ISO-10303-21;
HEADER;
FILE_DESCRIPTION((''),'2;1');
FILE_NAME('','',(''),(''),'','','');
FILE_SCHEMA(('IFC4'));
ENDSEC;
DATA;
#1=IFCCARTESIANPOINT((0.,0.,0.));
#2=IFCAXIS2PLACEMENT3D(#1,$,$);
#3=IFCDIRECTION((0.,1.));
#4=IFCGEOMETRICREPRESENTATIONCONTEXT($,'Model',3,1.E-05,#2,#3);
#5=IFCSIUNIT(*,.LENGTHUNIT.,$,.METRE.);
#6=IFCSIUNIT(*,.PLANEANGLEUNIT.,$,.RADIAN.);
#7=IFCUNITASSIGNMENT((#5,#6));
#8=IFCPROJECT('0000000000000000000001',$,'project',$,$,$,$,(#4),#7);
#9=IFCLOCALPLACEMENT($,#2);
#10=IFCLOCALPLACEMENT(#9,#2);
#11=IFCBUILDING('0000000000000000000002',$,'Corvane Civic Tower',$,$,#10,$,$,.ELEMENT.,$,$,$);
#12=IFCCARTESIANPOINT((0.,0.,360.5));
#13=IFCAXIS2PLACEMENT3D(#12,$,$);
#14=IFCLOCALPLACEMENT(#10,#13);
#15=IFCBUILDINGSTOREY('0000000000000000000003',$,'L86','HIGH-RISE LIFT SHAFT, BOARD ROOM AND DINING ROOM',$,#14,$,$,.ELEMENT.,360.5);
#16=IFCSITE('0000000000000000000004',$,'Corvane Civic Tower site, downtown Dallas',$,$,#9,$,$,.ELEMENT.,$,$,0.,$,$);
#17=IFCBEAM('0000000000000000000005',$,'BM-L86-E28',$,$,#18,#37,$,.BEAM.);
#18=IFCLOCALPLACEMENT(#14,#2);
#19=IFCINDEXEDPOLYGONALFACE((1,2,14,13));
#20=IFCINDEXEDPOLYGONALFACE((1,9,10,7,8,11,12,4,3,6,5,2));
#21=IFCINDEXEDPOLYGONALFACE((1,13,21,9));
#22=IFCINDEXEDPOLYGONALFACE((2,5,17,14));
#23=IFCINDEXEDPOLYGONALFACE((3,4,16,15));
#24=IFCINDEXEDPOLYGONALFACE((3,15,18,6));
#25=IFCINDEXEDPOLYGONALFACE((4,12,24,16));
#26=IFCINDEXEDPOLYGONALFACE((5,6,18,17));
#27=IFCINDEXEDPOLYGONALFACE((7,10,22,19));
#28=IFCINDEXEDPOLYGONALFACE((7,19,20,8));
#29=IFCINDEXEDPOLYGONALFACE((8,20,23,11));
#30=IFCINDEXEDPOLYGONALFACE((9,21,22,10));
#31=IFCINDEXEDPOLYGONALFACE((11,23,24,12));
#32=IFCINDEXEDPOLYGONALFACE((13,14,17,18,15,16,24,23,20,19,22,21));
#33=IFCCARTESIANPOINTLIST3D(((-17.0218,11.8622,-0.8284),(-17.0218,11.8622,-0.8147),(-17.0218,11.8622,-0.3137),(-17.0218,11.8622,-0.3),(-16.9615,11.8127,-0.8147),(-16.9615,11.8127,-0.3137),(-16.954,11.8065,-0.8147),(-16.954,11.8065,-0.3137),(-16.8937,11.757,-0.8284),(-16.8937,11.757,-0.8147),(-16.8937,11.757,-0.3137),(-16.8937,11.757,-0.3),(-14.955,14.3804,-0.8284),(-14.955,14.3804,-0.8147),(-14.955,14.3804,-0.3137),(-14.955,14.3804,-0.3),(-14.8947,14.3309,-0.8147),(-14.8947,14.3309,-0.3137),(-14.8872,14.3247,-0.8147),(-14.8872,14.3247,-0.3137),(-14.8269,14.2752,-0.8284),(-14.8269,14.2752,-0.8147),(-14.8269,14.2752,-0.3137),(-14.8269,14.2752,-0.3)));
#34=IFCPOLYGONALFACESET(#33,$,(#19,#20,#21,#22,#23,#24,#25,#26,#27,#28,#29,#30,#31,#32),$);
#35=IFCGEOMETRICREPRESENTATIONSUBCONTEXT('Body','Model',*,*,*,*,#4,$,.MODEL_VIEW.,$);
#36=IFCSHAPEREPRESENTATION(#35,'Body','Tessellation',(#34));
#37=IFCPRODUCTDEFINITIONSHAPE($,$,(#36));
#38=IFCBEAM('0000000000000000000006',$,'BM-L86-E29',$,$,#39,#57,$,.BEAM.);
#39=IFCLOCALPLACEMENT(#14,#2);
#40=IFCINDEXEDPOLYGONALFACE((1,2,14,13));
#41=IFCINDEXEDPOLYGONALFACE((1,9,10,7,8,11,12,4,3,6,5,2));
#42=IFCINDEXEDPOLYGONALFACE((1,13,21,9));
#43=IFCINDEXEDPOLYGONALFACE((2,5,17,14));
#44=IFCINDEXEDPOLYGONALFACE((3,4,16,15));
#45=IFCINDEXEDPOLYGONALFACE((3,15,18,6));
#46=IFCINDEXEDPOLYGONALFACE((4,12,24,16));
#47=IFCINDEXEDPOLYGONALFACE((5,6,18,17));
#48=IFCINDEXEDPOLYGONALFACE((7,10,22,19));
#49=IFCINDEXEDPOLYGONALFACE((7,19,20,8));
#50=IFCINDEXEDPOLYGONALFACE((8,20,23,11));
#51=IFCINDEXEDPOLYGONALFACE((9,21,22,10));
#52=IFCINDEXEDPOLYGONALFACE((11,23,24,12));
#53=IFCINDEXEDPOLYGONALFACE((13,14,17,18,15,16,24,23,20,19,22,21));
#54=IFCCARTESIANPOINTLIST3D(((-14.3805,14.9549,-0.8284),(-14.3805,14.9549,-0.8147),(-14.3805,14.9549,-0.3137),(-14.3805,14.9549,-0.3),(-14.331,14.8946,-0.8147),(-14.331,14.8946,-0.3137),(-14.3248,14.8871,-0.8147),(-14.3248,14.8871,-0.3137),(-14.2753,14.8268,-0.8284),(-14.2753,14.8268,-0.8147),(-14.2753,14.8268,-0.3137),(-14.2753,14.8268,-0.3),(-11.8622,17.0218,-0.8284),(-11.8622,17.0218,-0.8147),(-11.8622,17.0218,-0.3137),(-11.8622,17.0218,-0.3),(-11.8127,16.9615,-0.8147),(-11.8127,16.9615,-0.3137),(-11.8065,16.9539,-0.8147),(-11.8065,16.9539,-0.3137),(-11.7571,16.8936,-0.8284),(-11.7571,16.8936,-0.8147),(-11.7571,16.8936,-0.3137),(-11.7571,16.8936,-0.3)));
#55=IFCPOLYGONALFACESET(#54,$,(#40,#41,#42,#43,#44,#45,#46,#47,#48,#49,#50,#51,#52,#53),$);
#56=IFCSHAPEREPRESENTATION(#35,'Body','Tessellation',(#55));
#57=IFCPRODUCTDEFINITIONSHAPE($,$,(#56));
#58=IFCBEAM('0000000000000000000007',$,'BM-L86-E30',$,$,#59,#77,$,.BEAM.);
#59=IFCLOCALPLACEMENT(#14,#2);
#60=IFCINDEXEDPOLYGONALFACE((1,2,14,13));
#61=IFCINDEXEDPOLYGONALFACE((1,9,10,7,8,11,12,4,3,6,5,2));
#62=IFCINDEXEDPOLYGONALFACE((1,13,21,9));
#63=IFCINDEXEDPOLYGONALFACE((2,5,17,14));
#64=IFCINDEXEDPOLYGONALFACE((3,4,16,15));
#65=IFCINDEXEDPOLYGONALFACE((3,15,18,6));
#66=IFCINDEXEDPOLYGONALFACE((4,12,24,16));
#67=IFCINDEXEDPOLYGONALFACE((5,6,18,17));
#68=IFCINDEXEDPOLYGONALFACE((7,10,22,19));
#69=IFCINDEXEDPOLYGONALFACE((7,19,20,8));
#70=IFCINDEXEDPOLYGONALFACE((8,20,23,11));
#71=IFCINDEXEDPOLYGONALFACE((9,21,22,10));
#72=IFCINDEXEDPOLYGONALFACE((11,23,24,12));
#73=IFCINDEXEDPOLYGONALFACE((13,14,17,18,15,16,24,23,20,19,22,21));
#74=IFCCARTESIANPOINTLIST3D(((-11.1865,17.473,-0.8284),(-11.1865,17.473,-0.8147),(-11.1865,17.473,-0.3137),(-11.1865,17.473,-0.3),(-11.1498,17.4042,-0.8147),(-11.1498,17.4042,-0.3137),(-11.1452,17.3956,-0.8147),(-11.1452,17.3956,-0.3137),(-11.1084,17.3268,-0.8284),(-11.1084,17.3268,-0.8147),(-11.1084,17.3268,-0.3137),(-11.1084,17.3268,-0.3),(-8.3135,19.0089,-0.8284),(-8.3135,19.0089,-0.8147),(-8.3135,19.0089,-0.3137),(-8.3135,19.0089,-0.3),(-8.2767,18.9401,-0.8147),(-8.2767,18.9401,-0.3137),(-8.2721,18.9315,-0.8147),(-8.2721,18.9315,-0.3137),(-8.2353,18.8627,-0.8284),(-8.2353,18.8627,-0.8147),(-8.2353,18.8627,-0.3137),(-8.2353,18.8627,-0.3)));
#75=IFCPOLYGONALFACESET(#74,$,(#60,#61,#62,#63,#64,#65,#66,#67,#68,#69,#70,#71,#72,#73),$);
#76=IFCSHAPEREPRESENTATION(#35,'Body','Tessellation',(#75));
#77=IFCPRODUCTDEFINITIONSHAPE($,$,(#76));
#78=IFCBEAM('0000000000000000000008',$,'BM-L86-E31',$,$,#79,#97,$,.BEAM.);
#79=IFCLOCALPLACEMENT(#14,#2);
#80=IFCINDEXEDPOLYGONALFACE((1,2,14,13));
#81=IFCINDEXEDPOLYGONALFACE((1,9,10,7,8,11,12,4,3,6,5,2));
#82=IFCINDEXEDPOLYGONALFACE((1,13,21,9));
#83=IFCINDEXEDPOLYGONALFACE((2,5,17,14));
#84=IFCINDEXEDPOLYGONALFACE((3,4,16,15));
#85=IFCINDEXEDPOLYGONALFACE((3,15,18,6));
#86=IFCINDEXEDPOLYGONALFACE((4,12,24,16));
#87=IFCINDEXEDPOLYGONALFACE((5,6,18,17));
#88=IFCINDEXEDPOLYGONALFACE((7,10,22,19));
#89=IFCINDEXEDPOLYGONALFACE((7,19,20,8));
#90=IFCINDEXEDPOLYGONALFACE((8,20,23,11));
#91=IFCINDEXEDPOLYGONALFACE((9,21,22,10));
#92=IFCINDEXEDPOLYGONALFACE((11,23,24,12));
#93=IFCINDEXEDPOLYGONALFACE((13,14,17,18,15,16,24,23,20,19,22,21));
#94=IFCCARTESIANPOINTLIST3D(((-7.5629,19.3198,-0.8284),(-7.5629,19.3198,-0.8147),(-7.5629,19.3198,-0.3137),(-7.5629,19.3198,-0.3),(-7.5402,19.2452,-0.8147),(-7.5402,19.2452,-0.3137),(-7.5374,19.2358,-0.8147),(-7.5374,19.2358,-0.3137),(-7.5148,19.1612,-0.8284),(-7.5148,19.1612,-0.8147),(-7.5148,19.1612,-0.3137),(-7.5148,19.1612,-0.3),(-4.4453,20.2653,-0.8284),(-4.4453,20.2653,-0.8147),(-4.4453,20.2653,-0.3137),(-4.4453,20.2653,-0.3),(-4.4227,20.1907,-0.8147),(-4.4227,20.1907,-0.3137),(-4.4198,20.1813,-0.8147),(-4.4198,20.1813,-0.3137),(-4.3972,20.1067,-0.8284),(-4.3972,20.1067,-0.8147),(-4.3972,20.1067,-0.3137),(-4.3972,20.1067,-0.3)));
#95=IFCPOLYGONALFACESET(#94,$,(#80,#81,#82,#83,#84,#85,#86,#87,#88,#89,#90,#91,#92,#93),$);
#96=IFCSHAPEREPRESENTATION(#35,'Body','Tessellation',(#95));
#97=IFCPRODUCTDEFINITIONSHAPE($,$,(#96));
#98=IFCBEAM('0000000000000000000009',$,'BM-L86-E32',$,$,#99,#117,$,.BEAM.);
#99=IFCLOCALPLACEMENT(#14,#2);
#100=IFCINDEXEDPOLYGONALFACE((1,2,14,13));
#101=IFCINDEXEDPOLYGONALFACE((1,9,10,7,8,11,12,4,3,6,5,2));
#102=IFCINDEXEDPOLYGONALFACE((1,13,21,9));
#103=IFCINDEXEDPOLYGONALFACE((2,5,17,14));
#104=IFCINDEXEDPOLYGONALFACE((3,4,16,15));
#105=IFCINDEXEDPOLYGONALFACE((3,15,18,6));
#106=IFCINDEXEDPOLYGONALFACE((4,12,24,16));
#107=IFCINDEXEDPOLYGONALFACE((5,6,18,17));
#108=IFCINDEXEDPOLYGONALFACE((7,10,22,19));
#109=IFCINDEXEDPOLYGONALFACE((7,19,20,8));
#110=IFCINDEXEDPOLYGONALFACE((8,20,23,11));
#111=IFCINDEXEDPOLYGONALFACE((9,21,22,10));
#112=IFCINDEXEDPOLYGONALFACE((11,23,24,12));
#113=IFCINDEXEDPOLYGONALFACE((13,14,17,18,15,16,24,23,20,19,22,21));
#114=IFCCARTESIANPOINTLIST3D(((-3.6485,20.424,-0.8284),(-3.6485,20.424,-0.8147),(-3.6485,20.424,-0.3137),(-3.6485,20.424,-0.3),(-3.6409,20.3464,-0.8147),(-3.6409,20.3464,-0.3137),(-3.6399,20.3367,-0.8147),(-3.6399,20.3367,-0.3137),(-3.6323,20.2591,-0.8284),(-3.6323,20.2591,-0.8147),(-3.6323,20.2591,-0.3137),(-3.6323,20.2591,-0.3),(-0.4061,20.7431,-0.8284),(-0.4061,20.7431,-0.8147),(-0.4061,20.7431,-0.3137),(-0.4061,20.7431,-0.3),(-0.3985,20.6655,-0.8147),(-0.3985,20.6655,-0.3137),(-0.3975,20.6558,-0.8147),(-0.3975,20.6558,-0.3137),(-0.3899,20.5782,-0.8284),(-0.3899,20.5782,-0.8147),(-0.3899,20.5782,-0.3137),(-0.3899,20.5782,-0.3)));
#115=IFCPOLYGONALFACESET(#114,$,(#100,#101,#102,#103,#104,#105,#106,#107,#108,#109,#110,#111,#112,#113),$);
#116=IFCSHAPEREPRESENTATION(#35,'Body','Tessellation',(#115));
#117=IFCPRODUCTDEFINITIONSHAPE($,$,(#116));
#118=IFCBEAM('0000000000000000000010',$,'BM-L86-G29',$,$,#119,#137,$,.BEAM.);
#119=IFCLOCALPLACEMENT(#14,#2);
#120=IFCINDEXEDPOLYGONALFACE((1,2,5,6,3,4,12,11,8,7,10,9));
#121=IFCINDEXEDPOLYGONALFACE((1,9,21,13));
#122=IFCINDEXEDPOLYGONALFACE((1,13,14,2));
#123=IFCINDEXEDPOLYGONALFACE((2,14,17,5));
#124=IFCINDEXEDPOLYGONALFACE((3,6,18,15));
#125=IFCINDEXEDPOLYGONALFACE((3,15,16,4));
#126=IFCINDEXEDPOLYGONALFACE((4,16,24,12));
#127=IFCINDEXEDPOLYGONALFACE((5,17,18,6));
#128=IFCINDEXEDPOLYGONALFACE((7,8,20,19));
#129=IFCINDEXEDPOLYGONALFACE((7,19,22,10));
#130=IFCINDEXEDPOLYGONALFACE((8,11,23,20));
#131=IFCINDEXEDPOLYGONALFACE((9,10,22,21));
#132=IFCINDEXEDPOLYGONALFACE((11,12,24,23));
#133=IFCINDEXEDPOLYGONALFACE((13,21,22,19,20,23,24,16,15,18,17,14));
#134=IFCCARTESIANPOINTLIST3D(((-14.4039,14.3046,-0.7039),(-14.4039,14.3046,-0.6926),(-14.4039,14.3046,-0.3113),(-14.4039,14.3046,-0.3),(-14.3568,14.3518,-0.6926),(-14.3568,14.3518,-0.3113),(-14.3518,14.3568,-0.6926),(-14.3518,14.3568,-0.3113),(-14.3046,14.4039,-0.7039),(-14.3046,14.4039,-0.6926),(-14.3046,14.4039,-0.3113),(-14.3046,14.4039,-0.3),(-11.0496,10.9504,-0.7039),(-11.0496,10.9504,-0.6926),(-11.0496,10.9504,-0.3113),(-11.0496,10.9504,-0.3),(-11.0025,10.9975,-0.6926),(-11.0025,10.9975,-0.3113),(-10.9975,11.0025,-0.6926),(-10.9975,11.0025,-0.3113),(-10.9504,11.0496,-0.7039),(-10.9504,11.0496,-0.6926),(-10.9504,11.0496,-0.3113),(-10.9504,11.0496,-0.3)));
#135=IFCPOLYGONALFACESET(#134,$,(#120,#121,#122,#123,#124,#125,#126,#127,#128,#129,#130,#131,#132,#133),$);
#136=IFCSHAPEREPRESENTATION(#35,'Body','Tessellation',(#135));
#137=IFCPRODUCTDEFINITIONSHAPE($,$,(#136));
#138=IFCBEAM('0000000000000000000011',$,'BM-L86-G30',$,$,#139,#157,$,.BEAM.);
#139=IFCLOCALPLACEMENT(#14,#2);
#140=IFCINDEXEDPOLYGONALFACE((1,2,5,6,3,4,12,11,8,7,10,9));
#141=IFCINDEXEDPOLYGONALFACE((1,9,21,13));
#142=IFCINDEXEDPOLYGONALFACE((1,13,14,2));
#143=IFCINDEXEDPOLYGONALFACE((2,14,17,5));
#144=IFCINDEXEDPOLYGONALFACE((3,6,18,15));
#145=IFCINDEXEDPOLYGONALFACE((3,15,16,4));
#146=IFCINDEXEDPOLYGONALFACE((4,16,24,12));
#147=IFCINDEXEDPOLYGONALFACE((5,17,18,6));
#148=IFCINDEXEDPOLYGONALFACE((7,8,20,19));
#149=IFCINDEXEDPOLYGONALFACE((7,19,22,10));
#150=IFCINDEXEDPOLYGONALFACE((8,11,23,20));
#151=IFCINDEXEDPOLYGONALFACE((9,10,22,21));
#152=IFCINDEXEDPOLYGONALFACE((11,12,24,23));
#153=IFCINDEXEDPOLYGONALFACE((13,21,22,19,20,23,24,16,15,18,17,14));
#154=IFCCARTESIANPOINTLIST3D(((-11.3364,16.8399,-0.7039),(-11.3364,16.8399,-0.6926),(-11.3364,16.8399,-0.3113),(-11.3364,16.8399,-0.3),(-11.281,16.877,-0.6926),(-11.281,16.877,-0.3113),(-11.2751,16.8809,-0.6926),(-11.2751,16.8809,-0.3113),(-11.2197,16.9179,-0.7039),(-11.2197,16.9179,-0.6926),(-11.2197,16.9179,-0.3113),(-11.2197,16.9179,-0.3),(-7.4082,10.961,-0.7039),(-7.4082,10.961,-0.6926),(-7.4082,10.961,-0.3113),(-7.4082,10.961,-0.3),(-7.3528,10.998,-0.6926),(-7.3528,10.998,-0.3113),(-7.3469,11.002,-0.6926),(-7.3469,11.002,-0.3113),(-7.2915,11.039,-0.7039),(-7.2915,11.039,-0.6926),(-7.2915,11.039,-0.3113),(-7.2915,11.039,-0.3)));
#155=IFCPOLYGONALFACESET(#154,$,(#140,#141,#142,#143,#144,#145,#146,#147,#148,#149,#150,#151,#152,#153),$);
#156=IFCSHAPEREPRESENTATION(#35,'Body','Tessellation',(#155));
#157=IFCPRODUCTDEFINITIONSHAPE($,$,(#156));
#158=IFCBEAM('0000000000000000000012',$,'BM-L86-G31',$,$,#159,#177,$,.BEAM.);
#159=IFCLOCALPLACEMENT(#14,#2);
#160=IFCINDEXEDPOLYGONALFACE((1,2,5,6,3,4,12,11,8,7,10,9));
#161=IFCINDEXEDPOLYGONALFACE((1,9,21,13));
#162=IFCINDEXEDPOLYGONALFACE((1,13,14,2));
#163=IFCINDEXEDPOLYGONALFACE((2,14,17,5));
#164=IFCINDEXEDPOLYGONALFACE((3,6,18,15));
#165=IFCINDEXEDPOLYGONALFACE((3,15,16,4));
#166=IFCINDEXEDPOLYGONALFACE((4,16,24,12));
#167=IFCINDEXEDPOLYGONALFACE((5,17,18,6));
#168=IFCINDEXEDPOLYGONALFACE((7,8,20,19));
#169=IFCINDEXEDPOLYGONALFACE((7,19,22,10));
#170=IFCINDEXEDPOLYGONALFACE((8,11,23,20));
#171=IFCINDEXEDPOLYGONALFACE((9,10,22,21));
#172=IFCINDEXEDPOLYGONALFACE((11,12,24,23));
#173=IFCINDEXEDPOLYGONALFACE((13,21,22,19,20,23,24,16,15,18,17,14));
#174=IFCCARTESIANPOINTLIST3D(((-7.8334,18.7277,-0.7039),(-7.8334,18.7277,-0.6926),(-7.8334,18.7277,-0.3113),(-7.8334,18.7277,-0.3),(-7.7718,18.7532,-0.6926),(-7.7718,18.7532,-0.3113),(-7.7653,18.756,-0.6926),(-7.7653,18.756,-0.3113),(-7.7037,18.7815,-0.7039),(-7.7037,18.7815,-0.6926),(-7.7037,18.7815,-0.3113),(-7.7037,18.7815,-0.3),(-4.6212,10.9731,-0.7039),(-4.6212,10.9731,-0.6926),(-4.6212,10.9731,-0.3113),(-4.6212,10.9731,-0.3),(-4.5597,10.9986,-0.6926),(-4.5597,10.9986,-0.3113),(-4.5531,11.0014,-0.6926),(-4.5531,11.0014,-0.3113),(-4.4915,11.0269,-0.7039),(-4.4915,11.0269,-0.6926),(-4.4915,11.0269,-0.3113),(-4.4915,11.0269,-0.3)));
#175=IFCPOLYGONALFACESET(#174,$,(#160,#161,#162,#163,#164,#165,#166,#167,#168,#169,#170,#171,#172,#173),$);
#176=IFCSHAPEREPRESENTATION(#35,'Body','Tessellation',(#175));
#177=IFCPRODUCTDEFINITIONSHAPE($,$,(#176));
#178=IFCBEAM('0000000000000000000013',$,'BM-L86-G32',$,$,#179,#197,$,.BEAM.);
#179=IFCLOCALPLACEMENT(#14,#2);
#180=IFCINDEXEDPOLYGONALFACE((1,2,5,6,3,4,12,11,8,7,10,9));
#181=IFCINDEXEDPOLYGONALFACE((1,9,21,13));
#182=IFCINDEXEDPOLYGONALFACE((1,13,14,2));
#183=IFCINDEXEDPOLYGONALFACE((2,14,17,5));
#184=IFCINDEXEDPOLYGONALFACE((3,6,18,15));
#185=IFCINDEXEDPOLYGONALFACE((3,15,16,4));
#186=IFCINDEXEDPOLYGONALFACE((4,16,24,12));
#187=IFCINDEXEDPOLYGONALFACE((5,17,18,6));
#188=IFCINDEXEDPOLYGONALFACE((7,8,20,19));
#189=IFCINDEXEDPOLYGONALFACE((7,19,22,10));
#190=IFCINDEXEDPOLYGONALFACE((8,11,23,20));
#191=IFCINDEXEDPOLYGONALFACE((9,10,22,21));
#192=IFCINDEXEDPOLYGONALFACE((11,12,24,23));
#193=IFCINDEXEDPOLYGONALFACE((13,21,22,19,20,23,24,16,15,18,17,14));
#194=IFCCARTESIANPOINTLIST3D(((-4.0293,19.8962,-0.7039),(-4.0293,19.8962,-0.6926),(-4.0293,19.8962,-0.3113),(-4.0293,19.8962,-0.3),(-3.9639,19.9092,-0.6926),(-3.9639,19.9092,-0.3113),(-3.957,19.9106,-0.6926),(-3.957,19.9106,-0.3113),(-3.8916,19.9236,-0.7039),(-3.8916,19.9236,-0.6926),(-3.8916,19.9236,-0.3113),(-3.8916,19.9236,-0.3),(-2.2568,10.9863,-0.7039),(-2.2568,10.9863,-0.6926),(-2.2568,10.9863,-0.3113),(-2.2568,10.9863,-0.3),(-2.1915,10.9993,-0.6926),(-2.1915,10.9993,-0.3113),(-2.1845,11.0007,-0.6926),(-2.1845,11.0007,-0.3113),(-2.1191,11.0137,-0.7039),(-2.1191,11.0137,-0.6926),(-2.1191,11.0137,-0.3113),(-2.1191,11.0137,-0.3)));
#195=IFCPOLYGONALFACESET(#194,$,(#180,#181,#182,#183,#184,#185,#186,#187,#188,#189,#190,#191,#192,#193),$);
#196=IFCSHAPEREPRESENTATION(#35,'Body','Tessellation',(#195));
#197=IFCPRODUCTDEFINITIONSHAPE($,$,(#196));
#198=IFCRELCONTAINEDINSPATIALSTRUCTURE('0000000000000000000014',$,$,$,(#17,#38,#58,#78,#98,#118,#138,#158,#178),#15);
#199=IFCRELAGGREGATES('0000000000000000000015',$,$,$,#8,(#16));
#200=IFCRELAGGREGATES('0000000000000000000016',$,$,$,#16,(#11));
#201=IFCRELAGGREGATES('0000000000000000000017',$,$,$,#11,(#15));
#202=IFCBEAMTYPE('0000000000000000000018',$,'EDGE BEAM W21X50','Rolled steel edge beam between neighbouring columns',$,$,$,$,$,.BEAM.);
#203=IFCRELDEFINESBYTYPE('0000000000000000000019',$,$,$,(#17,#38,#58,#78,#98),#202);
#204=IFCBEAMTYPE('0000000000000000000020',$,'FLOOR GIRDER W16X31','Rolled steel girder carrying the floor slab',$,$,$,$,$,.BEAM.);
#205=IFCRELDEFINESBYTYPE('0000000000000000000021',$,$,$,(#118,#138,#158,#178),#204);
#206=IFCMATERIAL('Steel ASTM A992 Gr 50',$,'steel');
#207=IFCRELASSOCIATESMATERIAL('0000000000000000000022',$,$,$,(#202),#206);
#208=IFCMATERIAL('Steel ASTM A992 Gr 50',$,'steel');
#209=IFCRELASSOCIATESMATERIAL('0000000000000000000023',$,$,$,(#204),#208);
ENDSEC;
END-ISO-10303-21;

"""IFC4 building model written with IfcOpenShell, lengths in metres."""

from ifc_helpers import new_model, si_unit, direction, frame, origin, origin_2d, place, context, subcontext, project, spatial, i_section, extrude, material, material_profile, profile_set, type_object, element, save


model = new_model("IFC4")

# Units and contexts
model_context = context("Model", 3, precision=1e-05, world=origin(), true_north=direction((0.0, 1.0)))
body_context = subcontext(model_context, "Body", "Model", "MODEL_VIEW")
ifc_project = project(units=[si_unit("LENGTHUNIT", "METRE"), si_unit("PLANEANGLEUNIT", "RADIAN")], contexts=[model_context])

# Site, building, storey
site_placement = place(None, origin())
site = spatial("IfcSite", under=ifc_project, at=site_placement, Name="Corvane Civic Tower site, downtown Dallas", CompositionType="ELEMENT", RefElevation=0.0)
building_placement = place(site_placement, origin())
building = spatial("IfcBuilding", under=site, at=building_placement, Name="Corvane Civic Tower", CompositionType="ELEMENT")
storey_placement = place(building_placement, frame((0.0, 0.0, 360.5)))
storey = spatial("IfcBuildingStorey", under=building, at=storey_placement, Name="L86", Description="HIGH-RISE LIFT SHAFT, BOARD ROOM AND DINING ROOM", CompositionType="ELEMENT", Elevation=360.5)

# Beams
ifc_material_1 = material(Name="Steel ASTM A992 Gr 50", Category="steel")
ifc_material_profile_1 = material_profile(ifc_material_1, i_section(OverallWidth=0.1658, OverallDepth=0.5283, WebThickness=0.0098, FlangeThickness=0.0137, at=origin_2d()), Name="W21X50")
ifc_profile_set_1 = profile_set([ifc_material_profile_1], Name="Steel ASTM A992 Gr 50")
beam_type_1 = type_object("IfcBeamType", Name="EDGE BEAM W21X50", Description="Rolled steel edge beam between neighbouring columns", PredefinedType="BEAM", material=ifc_profile_set_1)
for number, where, z_axis, x_axis, name in (
    (1, (-16.9578, 11.8096, -0.5642), (0.634425, 0.772985, 0.0), (-0.772985, 0.634425, 0.0), "BM-L86-E28"),
    (2, (-14.3279, 14.8909, -0.5642), (0.772985, 0.634425, 0.0), (-0.634425, 0.772985, 0.0), "BM-L86-E29"),
    (3, (-11.1475, 17.3999, -0.5642), (0.881894, 0.471448, 0.0), (-0.471448, 0.881894, 0.0), "BM-L86-E30"),
    (4, (-7.5388, 19.2405, -0.5642), (0.956956, 0.290234, 0.0), (-0.290234, 0.956956, 0.0), "BM-L86-E31"),
):
    element("IfcBeam", number, at=place(storey_placement, frame(where, z_axis=z_axis, x_axis=x_axis)), inside=storey, type_object=beam_type_1, Name=name, PredefinedType="BEAM", context=body_context, shape_type="SweptSolid", body=[
        extrude(i_section(OverallWidth=0.1658, OverallDepth=0.5283, WebThickness=0.0098, FlangeThickness=0.0137, at=origin_2d()), origin(), (0.0, 0.0, 1.0), 3.2578),
    ])
beam_1_placement = place(storey_placement, frame((-3.6404, 20.3416, -0.5642), z_axis=(0.995193, 0.097938, 0.0), x_axis=(-0.097938, 0.995193, 0.0)))
element("IfcBeam", 5, at=beam_1_placement, inside=storey, type_object=beam_type_1, Name="BM-L86-E32", PredefinedType="BEAM", context=body_context, shape_type="SweptSolid", body=[
    extrude(i_section(OverallWidth=0.1658, OverallDepth=0.5283, WebThickness=0.0098, FlangeThickness=0.0137, at=origin_2d()), origin(), (0.0, 0.0, 1.0), 3.2581),
])
ifc_material_2 = material(Name="Steel ASTM A992 Gr 50", Category="steel")
ifc_material_profile_2 = material_profile(ifc_material_2, i_section(OverallWidth=0.1404, OverallDepth=0.4038, WebThickness=0.0071, FlangeThickness=0.0112, at=origin_2d()), Name="W16X31")
ifc_profile_set_2 = profile_set([ifc_material_profile_2], Name="Steel ASTM A992 Gr 50")
beam_type_2 = type_object("IfcBeamType", Name="FLOOR GIRDER W16X31", Description="Rolled steel girder carrying the floor slab", PredefinedType="BEAM", material=ifc_profile_set_2)
beam_2_placement = place(storey_placement, frame((-11.0, 11.0, -0.502), z_axis=(-0.707107, 0.707107, 0.0), x_axis=(-0.707107, -0.707107, 0.0)))
element("IfcBeam", 6, at=beam_2_placement, inside=storey, type_object=beam_type_2, Name="BM-L86-G29", PredefinedType="BEAM", context=body_context, shape_type="SweptSolid", body=[
    extrude(i_section(OverallWidth=0.1404, OverallDepth=0.4038, WebThickness=0.0071, FlangeThickness=0.0112, at=origin_2d()), origin(), (0.0, 0.0, 1.0), 4.7437),
])
beam_3_placement = place(storey_placement, frame((-7.3499, 11.0, -0.502), z_axis=(-0.555576, 0.831465, 0.0), x_axis=(-0.831465, -0.555576, 0.0)))
element("IfcBeam", 7, at=beam_3_placement, inside=storey, type_object=beam_type_2, Name="BM-L86-G30", PredefinedType="BEAM", context=body_context, shape_type="SweptSolid", body=[
    extrude(i_section(OverallWidth=0.1404, OverallDepth=0.4038, WebThickness=0.0071, FlangeThickness=0.0112, at=origin_2d()), origin(), (0.0, 0.0, 1.0), 7.0706),
])
beam_4_placement = place(storey_placement, frame((-4.5564, 11.0, -0.502), z_axis=(-0.382692, 0.923876, 0.0), x_axis=(-0.923876, -0.382692, 0.0)))
element("IfcBeam", 8, at=beam_4_placement, inside=storey, type_object=beam_type_2, Name="BM-L86-G31", PredefinedType="BEAM", context=body_context, shape_type="SweptSolid", body=[
    extrude(i_section(OverallWidth=0.1404, OverallDepth=0.4038, WebThickness=0.0071, FlangeThickness=0.0112, at=origin_2d()), origin(), (0.0, 0.0, 1.0), 8.3936),
])
beam_5_placement = place(storey_placement, frame((-2.188, 11.0, -0.502), z_axis=(-0.195108, 0.980782, 0.0), x_axis=(-0.980782, -0.195108, 0.0)))
element("IfcBeam", 9, at=beam_5_placement, inside=storey, type_object=beam_type_2, Name="BM-L86-G32", PredefinedType="BEAM", context=body_context, shape_type="SweptSolid", body=[
    extrude(i_section(OverallWidth=0.1404, OverallDepth=0.4038, WebThickness=0.0071, FlangeThickness=0.0112, at=origin_2d()), origin(), (0.0, 0.0, 1.0), 9.0845),
])

save(model, "model.ifc")
